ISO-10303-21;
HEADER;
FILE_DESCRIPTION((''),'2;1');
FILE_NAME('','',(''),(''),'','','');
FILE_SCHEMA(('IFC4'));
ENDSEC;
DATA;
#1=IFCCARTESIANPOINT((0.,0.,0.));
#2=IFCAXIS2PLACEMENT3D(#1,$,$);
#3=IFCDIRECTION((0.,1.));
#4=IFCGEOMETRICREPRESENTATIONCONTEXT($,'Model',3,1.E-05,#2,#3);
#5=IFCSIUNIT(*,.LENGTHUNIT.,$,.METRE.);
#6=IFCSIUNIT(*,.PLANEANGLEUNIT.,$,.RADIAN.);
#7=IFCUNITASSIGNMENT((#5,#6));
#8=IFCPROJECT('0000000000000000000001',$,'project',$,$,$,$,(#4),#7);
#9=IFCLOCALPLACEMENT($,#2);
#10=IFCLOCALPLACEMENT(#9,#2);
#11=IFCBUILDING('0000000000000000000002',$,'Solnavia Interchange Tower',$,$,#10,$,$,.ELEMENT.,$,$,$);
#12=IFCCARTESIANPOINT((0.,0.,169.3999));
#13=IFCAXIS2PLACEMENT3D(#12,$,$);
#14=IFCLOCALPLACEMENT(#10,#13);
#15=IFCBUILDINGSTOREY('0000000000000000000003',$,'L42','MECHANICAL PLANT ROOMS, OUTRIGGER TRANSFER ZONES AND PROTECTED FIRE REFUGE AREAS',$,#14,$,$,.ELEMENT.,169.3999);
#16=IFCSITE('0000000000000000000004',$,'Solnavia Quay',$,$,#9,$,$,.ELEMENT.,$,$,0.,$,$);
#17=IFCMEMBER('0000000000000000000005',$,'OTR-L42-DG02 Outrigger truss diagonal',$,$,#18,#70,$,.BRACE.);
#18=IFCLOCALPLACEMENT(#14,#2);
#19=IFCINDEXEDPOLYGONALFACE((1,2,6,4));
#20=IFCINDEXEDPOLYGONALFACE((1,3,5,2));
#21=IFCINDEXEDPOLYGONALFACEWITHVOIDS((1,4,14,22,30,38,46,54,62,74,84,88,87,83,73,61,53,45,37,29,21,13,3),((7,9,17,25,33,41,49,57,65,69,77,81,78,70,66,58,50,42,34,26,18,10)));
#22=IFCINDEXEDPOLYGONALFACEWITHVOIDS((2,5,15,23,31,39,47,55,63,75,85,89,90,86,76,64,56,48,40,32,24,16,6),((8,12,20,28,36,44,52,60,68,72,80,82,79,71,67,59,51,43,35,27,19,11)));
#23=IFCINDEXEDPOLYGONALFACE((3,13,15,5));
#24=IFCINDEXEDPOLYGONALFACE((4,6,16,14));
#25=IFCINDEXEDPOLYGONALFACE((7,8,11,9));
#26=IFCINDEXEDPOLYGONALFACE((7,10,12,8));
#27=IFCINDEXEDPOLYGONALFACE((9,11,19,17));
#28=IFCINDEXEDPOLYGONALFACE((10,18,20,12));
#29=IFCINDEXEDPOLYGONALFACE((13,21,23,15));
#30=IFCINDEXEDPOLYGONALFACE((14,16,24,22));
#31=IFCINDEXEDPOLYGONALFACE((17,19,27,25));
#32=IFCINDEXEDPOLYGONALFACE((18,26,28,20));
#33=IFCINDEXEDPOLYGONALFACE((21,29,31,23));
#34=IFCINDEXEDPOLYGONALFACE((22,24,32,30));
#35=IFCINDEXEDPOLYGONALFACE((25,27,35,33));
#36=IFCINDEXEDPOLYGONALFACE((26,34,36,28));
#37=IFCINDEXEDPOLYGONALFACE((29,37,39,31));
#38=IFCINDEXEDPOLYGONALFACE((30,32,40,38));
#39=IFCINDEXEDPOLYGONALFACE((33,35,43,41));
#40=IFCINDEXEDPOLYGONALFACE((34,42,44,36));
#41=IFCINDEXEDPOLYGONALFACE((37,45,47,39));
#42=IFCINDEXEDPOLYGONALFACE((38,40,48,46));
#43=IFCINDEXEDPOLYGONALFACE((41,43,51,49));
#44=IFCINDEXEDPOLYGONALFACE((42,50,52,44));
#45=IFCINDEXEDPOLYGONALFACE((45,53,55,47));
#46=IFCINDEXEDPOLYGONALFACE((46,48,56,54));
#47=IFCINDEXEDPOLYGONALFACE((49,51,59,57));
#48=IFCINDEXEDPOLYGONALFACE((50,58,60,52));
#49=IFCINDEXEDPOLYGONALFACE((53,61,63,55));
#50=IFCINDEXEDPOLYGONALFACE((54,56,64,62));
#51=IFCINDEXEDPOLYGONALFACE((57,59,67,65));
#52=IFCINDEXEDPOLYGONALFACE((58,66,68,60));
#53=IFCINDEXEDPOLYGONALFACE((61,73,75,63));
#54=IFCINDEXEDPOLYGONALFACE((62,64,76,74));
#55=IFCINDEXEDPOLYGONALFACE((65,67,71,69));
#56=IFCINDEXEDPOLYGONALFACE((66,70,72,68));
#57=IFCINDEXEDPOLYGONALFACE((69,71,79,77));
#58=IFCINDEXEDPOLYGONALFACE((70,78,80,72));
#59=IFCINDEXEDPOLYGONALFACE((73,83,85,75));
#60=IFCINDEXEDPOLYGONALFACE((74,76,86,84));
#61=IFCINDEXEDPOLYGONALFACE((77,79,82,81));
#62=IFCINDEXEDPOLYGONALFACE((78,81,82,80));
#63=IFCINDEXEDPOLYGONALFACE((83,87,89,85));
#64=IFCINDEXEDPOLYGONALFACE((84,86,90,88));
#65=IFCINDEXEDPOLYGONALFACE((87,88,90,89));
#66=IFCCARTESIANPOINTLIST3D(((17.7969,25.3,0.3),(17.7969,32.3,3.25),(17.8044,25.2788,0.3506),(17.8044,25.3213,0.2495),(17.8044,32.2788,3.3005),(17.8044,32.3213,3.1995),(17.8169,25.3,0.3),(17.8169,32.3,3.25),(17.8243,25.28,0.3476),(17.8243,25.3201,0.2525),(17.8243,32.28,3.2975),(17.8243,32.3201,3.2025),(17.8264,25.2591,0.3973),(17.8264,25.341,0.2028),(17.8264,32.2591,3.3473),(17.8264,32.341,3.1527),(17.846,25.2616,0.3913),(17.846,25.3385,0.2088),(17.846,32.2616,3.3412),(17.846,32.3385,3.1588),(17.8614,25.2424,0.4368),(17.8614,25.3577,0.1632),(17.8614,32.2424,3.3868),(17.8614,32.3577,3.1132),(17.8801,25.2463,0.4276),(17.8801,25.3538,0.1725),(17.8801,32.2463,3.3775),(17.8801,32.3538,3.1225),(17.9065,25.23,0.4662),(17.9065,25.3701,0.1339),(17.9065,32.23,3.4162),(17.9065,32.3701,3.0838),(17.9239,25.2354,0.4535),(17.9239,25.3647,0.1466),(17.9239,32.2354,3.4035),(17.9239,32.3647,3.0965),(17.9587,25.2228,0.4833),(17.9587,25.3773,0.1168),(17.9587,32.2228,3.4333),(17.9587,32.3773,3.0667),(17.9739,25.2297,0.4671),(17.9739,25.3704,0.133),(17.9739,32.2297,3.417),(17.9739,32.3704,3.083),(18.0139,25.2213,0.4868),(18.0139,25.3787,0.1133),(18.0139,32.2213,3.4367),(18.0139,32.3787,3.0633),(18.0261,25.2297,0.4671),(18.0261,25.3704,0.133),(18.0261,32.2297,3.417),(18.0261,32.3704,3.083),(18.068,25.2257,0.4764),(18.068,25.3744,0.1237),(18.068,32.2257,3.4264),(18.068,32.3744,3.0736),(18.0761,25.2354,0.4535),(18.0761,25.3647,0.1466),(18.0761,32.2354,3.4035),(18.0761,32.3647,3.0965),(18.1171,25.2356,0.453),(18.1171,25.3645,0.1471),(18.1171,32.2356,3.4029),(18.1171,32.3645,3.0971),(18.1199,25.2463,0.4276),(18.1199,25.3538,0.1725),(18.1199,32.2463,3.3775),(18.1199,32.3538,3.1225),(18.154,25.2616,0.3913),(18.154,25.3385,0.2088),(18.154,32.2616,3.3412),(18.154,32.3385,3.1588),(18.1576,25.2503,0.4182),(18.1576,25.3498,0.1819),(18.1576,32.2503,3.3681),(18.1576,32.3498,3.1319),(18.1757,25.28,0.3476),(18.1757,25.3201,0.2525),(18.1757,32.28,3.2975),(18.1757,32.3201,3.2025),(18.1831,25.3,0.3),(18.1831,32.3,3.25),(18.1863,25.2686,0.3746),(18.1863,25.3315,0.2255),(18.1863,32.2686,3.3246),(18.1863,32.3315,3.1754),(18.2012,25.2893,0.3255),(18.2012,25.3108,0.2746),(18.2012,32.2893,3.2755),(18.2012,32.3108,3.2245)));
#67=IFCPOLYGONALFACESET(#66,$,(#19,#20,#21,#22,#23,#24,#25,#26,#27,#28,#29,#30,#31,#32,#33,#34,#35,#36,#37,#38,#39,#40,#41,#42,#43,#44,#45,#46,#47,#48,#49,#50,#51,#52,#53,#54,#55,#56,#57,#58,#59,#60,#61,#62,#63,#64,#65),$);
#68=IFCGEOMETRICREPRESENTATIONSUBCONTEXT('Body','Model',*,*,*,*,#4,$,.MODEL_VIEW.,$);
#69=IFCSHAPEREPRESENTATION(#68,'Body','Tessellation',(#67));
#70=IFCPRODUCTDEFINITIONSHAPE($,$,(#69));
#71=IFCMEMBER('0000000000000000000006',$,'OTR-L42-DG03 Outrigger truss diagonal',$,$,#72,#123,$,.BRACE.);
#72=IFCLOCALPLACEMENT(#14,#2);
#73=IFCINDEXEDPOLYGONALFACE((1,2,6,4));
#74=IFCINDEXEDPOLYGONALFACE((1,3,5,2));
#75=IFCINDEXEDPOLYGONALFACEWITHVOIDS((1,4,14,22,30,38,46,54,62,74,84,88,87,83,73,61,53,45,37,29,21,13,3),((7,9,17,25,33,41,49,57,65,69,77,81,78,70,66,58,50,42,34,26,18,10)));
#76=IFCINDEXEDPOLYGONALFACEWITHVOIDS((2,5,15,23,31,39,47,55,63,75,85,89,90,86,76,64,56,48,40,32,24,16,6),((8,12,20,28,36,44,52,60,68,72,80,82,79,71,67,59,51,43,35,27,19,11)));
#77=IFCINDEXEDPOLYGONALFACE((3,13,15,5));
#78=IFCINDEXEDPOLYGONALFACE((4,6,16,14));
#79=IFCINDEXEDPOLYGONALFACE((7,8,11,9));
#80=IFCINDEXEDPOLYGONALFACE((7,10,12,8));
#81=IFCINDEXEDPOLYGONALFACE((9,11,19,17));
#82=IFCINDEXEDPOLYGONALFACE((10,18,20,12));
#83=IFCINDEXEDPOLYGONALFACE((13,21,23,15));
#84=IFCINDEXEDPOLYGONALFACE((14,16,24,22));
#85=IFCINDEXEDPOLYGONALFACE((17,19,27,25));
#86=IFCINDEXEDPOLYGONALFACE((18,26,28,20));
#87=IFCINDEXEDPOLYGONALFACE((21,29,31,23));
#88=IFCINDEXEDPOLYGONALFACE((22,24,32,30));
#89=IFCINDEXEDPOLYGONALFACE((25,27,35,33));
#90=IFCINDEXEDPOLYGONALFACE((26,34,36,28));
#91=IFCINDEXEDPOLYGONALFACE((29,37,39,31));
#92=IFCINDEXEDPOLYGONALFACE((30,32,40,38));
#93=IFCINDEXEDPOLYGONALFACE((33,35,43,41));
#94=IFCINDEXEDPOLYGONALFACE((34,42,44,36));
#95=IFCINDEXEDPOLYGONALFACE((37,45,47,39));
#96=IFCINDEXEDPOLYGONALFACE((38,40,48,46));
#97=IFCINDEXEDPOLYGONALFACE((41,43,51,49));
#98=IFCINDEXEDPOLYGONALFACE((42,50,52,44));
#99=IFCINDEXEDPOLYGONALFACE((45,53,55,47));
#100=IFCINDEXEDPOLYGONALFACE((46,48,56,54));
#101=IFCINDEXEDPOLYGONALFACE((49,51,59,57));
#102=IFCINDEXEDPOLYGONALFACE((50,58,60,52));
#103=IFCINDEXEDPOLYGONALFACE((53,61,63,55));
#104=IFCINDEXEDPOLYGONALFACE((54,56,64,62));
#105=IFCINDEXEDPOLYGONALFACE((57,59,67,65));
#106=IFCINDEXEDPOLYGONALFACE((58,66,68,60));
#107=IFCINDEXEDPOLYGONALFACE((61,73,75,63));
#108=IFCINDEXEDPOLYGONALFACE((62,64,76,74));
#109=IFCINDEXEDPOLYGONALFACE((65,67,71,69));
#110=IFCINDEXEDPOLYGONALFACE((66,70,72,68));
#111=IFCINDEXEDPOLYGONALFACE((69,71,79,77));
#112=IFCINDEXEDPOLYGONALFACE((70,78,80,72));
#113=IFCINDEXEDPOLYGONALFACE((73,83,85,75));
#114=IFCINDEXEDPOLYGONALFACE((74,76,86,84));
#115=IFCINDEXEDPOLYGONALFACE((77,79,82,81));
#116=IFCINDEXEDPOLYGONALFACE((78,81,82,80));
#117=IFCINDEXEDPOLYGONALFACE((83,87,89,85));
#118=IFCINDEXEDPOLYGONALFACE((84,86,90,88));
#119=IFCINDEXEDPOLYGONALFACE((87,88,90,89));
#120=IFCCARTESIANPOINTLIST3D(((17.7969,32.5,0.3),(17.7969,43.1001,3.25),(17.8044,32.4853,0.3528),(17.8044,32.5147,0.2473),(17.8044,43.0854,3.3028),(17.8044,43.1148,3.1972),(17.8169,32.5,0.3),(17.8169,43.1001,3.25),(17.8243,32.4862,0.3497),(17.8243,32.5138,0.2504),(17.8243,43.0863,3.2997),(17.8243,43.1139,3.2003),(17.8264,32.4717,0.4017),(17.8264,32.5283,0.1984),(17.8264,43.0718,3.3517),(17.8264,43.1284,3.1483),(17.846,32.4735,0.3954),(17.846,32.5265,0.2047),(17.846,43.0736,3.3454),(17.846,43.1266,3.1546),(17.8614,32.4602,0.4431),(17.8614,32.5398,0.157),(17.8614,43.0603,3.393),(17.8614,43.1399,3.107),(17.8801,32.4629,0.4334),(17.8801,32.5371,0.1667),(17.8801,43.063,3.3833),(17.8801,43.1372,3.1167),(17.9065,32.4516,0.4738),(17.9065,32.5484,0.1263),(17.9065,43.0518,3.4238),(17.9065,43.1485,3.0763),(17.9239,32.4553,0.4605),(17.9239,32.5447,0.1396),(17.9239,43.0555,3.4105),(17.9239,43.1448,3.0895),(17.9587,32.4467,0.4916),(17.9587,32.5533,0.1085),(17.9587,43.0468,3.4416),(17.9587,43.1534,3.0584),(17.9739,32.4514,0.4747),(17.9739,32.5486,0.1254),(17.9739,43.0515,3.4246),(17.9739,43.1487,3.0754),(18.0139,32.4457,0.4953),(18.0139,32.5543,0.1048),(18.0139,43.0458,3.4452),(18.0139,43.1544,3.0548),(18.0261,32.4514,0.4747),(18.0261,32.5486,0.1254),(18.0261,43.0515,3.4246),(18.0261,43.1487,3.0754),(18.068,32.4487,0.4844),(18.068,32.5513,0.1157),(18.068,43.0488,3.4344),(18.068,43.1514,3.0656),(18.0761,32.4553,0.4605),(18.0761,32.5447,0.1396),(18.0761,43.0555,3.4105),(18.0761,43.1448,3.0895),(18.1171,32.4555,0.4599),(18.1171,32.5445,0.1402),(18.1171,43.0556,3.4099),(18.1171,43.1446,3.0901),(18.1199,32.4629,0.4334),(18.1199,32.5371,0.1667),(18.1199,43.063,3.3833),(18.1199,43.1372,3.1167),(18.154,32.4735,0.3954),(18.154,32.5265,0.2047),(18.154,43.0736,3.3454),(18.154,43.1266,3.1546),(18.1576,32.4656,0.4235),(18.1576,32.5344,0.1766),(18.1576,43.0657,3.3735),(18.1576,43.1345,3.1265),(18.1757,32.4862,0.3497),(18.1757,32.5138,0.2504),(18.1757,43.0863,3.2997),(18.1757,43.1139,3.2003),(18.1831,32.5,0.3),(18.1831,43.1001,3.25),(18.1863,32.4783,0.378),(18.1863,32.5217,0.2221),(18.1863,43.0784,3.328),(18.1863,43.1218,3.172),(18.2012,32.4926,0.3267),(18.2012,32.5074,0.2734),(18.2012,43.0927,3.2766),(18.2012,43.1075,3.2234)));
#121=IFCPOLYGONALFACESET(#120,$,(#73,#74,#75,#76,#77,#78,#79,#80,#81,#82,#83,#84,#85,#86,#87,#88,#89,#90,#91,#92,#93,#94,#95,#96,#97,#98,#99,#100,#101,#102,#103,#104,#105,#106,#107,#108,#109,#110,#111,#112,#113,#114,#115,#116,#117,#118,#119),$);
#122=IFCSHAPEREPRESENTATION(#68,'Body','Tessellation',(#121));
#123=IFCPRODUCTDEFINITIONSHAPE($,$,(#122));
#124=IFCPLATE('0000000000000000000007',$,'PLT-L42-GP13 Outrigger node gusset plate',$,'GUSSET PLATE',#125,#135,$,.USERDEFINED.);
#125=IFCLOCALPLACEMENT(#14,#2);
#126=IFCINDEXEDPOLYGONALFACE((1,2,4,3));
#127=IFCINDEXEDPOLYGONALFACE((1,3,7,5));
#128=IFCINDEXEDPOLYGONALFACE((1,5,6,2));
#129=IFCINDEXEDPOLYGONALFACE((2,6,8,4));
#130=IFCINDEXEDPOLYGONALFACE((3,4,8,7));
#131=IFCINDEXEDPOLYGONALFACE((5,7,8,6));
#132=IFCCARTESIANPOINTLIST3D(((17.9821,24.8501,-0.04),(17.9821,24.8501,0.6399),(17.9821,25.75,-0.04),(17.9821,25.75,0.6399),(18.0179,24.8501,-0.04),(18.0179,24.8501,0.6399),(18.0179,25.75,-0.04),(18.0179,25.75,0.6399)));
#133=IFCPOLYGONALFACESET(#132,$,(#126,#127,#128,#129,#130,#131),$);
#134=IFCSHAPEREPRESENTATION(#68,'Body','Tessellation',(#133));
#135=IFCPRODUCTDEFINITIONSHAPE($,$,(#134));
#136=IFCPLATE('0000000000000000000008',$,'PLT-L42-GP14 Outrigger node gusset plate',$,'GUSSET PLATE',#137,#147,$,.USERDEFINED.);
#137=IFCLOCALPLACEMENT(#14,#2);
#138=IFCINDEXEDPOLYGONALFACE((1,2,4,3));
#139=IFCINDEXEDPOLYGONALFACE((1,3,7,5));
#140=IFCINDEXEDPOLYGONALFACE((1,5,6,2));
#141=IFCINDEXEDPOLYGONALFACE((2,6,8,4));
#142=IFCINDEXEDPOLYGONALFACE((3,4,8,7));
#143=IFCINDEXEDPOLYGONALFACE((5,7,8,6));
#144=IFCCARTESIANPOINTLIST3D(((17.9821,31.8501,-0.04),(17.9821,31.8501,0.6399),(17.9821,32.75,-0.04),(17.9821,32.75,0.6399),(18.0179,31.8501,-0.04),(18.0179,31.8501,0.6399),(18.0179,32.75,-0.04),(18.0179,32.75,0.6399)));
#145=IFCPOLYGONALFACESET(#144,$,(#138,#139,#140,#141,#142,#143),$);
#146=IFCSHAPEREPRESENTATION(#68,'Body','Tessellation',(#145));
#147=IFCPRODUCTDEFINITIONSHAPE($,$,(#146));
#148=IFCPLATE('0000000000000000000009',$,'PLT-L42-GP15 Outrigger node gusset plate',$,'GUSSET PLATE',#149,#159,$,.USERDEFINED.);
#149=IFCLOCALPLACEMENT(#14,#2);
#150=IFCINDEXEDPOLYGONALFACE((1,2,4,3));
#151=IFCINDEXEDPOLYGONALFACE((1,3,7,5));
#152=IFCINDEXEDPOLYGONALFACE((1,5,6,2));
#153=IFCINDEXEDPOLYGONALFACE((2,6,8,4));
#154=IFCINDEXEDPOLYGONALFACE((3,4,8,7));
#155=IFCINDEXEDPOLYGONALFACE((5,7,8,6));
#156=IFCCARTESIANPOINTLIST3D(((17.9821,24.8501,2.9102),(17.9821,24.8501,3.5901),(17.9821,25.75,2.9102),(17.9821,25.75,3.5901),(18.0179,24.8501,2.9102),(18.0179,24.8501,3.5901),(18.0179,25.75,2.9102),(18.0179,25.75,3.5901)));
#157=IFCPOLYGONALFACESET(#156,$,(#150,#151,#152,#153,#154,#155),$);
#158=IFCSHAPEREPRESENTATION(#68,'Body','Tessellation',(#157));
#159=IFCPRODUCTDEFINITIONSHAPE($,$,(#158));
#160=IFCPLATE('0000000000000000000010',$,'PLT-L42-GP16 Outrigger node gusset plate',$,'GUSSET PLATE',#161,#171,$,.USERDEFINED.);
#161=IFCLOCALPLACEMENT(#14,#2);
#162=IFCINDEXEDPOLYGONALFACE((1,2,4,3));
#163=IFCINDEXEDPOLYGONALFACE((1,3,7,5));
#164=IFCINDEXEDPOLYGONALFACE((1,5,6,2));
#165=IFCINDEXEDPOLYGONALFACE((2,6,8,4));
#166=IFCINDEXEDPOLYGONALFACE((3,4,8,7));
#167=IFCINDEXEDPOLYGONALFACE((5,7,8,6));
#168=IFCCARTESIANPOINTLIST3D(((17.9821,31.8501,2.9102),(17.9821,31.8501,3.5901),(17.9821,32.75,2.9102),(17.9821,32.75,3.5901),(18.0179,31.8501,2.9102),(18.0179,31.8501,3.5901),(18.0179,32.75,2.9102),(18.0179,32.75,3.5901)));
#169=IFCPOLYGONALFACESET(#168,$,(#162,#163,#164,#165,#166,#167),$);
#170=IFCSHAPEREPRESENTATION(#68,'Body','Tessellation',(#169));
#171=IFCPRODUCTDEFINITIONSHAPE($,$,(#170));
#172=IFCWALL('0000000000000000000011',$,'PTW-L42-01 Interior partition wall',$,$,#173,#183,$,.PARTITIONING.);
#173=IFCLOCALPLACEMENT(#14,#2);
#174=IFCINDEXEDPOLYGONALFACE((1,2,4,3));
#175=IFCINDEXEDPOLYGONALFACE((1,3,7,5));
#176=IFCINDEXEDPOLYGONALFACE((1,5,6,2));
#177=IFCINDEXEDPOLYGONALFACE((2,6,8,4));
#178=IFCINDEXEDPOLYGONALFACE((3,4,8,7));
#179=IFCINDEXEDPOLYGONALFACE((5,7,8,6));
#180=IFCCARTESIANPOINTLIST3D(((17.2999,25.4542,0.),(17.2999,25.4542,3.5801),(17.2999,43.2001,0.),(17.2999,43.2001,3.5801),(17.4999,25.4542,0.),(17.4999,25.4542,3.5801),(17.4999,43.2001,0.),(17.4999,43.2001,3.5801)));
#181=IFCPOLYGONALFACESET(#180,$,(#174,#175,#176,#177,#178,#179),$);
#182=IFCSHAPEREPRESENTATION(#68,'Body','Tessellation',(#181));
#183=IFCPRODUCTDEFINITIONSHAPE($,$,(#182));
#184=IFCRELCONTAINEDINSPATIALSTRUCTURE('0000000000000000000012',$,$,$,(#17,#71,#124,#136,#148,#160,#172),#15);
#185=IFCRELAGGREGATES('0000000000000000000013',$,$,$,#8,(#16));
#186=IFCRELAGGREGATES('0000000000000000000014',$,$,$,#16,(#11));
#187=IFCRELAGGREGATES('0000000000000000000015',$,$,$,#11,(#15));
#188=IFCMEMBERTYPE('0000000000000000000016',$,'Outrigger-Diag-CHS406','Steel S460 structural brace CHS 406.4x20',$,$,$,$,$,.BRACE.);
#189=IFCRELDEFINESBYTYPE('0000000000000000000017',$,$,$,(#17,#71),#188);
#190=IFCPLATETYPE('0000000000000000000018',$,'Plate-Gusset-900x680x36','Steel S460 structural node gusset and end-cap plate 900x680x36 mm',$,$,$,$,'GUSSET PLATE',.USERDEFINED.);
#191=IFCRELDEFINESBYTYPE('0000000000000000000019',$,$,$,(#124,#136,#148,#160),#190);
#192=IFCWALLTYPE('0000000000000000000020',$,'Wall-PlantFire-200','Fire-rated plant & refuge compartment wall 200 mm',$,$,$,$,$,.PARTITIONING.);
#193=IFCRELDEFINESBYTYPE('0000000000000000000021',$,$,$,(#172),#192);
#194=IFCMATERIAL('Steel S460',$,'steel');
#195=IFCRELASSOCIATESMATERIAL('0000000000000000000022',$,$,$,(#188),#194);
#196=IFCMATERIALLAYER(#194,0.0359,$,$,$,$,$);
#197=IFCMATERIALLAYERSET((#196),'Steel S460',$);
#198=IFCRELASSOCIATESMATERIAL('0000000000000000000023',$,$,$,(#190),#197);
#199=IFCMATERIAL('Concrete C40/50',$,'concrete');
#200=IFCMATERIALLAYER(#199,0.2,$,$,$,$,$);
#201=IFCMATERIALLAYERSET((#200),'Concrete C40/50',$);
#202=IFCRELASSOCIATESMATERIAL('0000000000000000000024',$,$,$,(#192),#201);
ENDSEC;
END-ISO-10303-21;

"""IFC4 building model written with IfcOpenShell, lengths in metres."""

from ifc_helpers import new_model, si_unit, direction, frame, frame_2d, origin, origin_2d, place, context, subcontext, project, spatial, rectangle, hollow_circle, extrude, material, layer, layer_set, material_profile, profile_set, type_object, element, save


model = new_model("IFC4")

# Units and contexts
model_context = context("Model", 3, precision=1e-05, world=origin(), true_north=direction((0.0, 1.0)))
body_context = subcontext(model_context, "Body", "Model", "MODEL_VIEW")
ifc_project = project(units=[si_unit("LENGTHUNIT", "METRE"), si_unit("PLANEANGLEUNIT", "RADIAN")], contexts=[model_context])

# Site, building, storey
site_placement = place(None, origin())
site = spatial("IfcSite", under=ifc_project, at=site_placement, Name="Solnavia Quay", CompositionType="ELEMENT", RefElevation=0.0)
building_placement = place(site_placement, origin())
building = spatial("IfcBuilding", under=site, at=building_placement, Name="Solnavia Interchange Tower", CompositionType="ELEMENT")
storey_placement = place(building_placement, frame((0.0, 0.0, 169.3999)))
storey = spatial("IfcBuildingStorey", under=building, at=storey_placement, Name="L42", Description="MECHANICAL PLANT ROOMS, OUTRIGGER TRANSFER ZONES AND PROTECTED FIRE REFUGE AREAS", CompositionType="ELEMENT", Elevation=169.3999)

# Shared definitions
ifc_material_1 = material(Name="Steel S460", Category="steel")

# Members
ifc_material_profile_1 = material_profile(ifc_material_1, hollow_circle(Radius=0.2031, WallThickness=0.02, at=origin_2d()), Name="CHS 406.4x20")
ifc_profile_set_1 = profile_set([ifc_material_profile_1], Name="Steel S460")
member_type_1 = type_object("IfcMemberType", Name="Outrigger-Diag-CHS406", Description="Steel S460 structural brace CHS 406.4x20", PredefinedType="BRACE", material=ifc_profile_set_1)
member_1_placement = place(storey_placement, frame((18.0, 25.3, 0.3), z_axis=(0.0, 0.921514, 0.388346), x_axis=(-1.0, 0.0, 0.0)))
element("IfcMember", 1, at=member_1_placement, inside=storey, type_object=member_type_1, Name="OTR-L42-DG02 Outrigger truss diagonal", PredefinedType="BRACE", context=body_context, shape_type="SweptSolid", body=[
    extrude(hollow_circle(Radius=0.2031, WallThickness=0.02, at=origin_2d()), origin(), (0.0, 0.0, 1.0), 7.5962),
])
member_2_placement = place(storey_placement, frame((18.0, 32.5, 0.3), z_axis=(0.0, 0.963389, 0.268106), x_axis=(-1.0, 0.0, 0.0)))
element("IfcMember", 2, at=member_2_placement, inside=storey, type_object=member_type_1, Name="OTR-L42-DG03 Outrigger truss diagonal", PredefinedType="BRACE", context=body_context, shape_type="SweptSolid", body=[
    extrude(hollow_circle(Radius=0.2031, WallThickness=0.02, at=origin_2d()), origin(), (0.0, 0.0, 1.0), 11.0029),
])

# Plates
ifc_layer_1 = layer(ifc_material_1, 0.0359)
ifc_layer_set_1 = layer_set([ifc_layer_1], Name="Steel S460")
plate_type = type_object("IfcPlateType", Name="Plate-Gusset-900x680x36", Description="Steel S460 structural node gusset and end-cap plate 900x680x36 mm", ElementType="GUSSET PLATE", PredefinedType="USERDEFINED", material=ifc_layer_set_1)
for number, where, z_axis, x_axis, name in (
    (3, (18.0, 25.3, -0.04), (0.0, 0.0, 1.0), (0.0, 1.0, 0.0), "PLT-L42-GP13 Outrigger node gusset plate"),
    (4, (18.0, 32.3, -0.04), (0.0, 0.0, 1.0), (0.0, 1.0, 0.0), "PLT-L42-GP14 Outrigger node gusset plate"),
    (5, (18.0, 25.3, 2.9102), (0.0, 0.0, 1.0), (0.0, 1.0, 0.0), "PLT-L42-GP15 Outrigger node gusset plate"),
    (6, (18.0, 32.3, 2.9102), (0.0, 0.0, 1.0), (0.0, 1.0, 0.0), "PLT-L42-GP16 Outrigger node gusset plate"),
):
    element("IfcPlate", number, at=place(storey_placement, frame(where, z_axis=z_axis, x_axis=x_axis)), inside=storey, type_object=plate_type, Name=name, ObjectType="GUSSET PLATE", PredefinedType="USERDEFINED", context=body_context, shape_type="SweptSolid", body=[
        extrude(rectangle(XDim=0.8999, YDim=0.0359, at=origin_2d()), origin(), (0.0, 0.0, 1.0), 0.6799),
    ])

# Wall
ifc_material_2 = material(Name="Concrete C40/50", Category="concrete")
ifc_layer_2 = layer(ifc_material_2, 0.2)
ifc_layer_set_2 = layer_set([ifc_layer_2], Name="Concrete C40/50")
wall_type = type_object("IfcWallType", Name="Wall-PlantFire-200", Description="Fire-rated plant & refuge compartment wall 200 mm", PredefinedType="PARTITIONING", material=ifc_layer_set_2)
wall_placement = place(storey_placement, frame((17.3999, 25.4541, 0.0), z_axis=(0.0, 0.0, 1.0), x_axis=(0.0, 1.0, 0.0)))
element("IfcWall", 7, at=wall_placement, inside=storey, type_object=wall_type, Name="PTW-L42-01 Interior partition wall", PredefinedType="PARTITIONING", context=body_context, shape_type="SweptSolid", body=[
    extrude(rectangle(XDim=17.7458, YDim=0.2, at=frame_2d((8.873, 0.0))), origin(), (0.0, 0.0, 1.0), 3.5801),
])

save(model, "model.ifc")
